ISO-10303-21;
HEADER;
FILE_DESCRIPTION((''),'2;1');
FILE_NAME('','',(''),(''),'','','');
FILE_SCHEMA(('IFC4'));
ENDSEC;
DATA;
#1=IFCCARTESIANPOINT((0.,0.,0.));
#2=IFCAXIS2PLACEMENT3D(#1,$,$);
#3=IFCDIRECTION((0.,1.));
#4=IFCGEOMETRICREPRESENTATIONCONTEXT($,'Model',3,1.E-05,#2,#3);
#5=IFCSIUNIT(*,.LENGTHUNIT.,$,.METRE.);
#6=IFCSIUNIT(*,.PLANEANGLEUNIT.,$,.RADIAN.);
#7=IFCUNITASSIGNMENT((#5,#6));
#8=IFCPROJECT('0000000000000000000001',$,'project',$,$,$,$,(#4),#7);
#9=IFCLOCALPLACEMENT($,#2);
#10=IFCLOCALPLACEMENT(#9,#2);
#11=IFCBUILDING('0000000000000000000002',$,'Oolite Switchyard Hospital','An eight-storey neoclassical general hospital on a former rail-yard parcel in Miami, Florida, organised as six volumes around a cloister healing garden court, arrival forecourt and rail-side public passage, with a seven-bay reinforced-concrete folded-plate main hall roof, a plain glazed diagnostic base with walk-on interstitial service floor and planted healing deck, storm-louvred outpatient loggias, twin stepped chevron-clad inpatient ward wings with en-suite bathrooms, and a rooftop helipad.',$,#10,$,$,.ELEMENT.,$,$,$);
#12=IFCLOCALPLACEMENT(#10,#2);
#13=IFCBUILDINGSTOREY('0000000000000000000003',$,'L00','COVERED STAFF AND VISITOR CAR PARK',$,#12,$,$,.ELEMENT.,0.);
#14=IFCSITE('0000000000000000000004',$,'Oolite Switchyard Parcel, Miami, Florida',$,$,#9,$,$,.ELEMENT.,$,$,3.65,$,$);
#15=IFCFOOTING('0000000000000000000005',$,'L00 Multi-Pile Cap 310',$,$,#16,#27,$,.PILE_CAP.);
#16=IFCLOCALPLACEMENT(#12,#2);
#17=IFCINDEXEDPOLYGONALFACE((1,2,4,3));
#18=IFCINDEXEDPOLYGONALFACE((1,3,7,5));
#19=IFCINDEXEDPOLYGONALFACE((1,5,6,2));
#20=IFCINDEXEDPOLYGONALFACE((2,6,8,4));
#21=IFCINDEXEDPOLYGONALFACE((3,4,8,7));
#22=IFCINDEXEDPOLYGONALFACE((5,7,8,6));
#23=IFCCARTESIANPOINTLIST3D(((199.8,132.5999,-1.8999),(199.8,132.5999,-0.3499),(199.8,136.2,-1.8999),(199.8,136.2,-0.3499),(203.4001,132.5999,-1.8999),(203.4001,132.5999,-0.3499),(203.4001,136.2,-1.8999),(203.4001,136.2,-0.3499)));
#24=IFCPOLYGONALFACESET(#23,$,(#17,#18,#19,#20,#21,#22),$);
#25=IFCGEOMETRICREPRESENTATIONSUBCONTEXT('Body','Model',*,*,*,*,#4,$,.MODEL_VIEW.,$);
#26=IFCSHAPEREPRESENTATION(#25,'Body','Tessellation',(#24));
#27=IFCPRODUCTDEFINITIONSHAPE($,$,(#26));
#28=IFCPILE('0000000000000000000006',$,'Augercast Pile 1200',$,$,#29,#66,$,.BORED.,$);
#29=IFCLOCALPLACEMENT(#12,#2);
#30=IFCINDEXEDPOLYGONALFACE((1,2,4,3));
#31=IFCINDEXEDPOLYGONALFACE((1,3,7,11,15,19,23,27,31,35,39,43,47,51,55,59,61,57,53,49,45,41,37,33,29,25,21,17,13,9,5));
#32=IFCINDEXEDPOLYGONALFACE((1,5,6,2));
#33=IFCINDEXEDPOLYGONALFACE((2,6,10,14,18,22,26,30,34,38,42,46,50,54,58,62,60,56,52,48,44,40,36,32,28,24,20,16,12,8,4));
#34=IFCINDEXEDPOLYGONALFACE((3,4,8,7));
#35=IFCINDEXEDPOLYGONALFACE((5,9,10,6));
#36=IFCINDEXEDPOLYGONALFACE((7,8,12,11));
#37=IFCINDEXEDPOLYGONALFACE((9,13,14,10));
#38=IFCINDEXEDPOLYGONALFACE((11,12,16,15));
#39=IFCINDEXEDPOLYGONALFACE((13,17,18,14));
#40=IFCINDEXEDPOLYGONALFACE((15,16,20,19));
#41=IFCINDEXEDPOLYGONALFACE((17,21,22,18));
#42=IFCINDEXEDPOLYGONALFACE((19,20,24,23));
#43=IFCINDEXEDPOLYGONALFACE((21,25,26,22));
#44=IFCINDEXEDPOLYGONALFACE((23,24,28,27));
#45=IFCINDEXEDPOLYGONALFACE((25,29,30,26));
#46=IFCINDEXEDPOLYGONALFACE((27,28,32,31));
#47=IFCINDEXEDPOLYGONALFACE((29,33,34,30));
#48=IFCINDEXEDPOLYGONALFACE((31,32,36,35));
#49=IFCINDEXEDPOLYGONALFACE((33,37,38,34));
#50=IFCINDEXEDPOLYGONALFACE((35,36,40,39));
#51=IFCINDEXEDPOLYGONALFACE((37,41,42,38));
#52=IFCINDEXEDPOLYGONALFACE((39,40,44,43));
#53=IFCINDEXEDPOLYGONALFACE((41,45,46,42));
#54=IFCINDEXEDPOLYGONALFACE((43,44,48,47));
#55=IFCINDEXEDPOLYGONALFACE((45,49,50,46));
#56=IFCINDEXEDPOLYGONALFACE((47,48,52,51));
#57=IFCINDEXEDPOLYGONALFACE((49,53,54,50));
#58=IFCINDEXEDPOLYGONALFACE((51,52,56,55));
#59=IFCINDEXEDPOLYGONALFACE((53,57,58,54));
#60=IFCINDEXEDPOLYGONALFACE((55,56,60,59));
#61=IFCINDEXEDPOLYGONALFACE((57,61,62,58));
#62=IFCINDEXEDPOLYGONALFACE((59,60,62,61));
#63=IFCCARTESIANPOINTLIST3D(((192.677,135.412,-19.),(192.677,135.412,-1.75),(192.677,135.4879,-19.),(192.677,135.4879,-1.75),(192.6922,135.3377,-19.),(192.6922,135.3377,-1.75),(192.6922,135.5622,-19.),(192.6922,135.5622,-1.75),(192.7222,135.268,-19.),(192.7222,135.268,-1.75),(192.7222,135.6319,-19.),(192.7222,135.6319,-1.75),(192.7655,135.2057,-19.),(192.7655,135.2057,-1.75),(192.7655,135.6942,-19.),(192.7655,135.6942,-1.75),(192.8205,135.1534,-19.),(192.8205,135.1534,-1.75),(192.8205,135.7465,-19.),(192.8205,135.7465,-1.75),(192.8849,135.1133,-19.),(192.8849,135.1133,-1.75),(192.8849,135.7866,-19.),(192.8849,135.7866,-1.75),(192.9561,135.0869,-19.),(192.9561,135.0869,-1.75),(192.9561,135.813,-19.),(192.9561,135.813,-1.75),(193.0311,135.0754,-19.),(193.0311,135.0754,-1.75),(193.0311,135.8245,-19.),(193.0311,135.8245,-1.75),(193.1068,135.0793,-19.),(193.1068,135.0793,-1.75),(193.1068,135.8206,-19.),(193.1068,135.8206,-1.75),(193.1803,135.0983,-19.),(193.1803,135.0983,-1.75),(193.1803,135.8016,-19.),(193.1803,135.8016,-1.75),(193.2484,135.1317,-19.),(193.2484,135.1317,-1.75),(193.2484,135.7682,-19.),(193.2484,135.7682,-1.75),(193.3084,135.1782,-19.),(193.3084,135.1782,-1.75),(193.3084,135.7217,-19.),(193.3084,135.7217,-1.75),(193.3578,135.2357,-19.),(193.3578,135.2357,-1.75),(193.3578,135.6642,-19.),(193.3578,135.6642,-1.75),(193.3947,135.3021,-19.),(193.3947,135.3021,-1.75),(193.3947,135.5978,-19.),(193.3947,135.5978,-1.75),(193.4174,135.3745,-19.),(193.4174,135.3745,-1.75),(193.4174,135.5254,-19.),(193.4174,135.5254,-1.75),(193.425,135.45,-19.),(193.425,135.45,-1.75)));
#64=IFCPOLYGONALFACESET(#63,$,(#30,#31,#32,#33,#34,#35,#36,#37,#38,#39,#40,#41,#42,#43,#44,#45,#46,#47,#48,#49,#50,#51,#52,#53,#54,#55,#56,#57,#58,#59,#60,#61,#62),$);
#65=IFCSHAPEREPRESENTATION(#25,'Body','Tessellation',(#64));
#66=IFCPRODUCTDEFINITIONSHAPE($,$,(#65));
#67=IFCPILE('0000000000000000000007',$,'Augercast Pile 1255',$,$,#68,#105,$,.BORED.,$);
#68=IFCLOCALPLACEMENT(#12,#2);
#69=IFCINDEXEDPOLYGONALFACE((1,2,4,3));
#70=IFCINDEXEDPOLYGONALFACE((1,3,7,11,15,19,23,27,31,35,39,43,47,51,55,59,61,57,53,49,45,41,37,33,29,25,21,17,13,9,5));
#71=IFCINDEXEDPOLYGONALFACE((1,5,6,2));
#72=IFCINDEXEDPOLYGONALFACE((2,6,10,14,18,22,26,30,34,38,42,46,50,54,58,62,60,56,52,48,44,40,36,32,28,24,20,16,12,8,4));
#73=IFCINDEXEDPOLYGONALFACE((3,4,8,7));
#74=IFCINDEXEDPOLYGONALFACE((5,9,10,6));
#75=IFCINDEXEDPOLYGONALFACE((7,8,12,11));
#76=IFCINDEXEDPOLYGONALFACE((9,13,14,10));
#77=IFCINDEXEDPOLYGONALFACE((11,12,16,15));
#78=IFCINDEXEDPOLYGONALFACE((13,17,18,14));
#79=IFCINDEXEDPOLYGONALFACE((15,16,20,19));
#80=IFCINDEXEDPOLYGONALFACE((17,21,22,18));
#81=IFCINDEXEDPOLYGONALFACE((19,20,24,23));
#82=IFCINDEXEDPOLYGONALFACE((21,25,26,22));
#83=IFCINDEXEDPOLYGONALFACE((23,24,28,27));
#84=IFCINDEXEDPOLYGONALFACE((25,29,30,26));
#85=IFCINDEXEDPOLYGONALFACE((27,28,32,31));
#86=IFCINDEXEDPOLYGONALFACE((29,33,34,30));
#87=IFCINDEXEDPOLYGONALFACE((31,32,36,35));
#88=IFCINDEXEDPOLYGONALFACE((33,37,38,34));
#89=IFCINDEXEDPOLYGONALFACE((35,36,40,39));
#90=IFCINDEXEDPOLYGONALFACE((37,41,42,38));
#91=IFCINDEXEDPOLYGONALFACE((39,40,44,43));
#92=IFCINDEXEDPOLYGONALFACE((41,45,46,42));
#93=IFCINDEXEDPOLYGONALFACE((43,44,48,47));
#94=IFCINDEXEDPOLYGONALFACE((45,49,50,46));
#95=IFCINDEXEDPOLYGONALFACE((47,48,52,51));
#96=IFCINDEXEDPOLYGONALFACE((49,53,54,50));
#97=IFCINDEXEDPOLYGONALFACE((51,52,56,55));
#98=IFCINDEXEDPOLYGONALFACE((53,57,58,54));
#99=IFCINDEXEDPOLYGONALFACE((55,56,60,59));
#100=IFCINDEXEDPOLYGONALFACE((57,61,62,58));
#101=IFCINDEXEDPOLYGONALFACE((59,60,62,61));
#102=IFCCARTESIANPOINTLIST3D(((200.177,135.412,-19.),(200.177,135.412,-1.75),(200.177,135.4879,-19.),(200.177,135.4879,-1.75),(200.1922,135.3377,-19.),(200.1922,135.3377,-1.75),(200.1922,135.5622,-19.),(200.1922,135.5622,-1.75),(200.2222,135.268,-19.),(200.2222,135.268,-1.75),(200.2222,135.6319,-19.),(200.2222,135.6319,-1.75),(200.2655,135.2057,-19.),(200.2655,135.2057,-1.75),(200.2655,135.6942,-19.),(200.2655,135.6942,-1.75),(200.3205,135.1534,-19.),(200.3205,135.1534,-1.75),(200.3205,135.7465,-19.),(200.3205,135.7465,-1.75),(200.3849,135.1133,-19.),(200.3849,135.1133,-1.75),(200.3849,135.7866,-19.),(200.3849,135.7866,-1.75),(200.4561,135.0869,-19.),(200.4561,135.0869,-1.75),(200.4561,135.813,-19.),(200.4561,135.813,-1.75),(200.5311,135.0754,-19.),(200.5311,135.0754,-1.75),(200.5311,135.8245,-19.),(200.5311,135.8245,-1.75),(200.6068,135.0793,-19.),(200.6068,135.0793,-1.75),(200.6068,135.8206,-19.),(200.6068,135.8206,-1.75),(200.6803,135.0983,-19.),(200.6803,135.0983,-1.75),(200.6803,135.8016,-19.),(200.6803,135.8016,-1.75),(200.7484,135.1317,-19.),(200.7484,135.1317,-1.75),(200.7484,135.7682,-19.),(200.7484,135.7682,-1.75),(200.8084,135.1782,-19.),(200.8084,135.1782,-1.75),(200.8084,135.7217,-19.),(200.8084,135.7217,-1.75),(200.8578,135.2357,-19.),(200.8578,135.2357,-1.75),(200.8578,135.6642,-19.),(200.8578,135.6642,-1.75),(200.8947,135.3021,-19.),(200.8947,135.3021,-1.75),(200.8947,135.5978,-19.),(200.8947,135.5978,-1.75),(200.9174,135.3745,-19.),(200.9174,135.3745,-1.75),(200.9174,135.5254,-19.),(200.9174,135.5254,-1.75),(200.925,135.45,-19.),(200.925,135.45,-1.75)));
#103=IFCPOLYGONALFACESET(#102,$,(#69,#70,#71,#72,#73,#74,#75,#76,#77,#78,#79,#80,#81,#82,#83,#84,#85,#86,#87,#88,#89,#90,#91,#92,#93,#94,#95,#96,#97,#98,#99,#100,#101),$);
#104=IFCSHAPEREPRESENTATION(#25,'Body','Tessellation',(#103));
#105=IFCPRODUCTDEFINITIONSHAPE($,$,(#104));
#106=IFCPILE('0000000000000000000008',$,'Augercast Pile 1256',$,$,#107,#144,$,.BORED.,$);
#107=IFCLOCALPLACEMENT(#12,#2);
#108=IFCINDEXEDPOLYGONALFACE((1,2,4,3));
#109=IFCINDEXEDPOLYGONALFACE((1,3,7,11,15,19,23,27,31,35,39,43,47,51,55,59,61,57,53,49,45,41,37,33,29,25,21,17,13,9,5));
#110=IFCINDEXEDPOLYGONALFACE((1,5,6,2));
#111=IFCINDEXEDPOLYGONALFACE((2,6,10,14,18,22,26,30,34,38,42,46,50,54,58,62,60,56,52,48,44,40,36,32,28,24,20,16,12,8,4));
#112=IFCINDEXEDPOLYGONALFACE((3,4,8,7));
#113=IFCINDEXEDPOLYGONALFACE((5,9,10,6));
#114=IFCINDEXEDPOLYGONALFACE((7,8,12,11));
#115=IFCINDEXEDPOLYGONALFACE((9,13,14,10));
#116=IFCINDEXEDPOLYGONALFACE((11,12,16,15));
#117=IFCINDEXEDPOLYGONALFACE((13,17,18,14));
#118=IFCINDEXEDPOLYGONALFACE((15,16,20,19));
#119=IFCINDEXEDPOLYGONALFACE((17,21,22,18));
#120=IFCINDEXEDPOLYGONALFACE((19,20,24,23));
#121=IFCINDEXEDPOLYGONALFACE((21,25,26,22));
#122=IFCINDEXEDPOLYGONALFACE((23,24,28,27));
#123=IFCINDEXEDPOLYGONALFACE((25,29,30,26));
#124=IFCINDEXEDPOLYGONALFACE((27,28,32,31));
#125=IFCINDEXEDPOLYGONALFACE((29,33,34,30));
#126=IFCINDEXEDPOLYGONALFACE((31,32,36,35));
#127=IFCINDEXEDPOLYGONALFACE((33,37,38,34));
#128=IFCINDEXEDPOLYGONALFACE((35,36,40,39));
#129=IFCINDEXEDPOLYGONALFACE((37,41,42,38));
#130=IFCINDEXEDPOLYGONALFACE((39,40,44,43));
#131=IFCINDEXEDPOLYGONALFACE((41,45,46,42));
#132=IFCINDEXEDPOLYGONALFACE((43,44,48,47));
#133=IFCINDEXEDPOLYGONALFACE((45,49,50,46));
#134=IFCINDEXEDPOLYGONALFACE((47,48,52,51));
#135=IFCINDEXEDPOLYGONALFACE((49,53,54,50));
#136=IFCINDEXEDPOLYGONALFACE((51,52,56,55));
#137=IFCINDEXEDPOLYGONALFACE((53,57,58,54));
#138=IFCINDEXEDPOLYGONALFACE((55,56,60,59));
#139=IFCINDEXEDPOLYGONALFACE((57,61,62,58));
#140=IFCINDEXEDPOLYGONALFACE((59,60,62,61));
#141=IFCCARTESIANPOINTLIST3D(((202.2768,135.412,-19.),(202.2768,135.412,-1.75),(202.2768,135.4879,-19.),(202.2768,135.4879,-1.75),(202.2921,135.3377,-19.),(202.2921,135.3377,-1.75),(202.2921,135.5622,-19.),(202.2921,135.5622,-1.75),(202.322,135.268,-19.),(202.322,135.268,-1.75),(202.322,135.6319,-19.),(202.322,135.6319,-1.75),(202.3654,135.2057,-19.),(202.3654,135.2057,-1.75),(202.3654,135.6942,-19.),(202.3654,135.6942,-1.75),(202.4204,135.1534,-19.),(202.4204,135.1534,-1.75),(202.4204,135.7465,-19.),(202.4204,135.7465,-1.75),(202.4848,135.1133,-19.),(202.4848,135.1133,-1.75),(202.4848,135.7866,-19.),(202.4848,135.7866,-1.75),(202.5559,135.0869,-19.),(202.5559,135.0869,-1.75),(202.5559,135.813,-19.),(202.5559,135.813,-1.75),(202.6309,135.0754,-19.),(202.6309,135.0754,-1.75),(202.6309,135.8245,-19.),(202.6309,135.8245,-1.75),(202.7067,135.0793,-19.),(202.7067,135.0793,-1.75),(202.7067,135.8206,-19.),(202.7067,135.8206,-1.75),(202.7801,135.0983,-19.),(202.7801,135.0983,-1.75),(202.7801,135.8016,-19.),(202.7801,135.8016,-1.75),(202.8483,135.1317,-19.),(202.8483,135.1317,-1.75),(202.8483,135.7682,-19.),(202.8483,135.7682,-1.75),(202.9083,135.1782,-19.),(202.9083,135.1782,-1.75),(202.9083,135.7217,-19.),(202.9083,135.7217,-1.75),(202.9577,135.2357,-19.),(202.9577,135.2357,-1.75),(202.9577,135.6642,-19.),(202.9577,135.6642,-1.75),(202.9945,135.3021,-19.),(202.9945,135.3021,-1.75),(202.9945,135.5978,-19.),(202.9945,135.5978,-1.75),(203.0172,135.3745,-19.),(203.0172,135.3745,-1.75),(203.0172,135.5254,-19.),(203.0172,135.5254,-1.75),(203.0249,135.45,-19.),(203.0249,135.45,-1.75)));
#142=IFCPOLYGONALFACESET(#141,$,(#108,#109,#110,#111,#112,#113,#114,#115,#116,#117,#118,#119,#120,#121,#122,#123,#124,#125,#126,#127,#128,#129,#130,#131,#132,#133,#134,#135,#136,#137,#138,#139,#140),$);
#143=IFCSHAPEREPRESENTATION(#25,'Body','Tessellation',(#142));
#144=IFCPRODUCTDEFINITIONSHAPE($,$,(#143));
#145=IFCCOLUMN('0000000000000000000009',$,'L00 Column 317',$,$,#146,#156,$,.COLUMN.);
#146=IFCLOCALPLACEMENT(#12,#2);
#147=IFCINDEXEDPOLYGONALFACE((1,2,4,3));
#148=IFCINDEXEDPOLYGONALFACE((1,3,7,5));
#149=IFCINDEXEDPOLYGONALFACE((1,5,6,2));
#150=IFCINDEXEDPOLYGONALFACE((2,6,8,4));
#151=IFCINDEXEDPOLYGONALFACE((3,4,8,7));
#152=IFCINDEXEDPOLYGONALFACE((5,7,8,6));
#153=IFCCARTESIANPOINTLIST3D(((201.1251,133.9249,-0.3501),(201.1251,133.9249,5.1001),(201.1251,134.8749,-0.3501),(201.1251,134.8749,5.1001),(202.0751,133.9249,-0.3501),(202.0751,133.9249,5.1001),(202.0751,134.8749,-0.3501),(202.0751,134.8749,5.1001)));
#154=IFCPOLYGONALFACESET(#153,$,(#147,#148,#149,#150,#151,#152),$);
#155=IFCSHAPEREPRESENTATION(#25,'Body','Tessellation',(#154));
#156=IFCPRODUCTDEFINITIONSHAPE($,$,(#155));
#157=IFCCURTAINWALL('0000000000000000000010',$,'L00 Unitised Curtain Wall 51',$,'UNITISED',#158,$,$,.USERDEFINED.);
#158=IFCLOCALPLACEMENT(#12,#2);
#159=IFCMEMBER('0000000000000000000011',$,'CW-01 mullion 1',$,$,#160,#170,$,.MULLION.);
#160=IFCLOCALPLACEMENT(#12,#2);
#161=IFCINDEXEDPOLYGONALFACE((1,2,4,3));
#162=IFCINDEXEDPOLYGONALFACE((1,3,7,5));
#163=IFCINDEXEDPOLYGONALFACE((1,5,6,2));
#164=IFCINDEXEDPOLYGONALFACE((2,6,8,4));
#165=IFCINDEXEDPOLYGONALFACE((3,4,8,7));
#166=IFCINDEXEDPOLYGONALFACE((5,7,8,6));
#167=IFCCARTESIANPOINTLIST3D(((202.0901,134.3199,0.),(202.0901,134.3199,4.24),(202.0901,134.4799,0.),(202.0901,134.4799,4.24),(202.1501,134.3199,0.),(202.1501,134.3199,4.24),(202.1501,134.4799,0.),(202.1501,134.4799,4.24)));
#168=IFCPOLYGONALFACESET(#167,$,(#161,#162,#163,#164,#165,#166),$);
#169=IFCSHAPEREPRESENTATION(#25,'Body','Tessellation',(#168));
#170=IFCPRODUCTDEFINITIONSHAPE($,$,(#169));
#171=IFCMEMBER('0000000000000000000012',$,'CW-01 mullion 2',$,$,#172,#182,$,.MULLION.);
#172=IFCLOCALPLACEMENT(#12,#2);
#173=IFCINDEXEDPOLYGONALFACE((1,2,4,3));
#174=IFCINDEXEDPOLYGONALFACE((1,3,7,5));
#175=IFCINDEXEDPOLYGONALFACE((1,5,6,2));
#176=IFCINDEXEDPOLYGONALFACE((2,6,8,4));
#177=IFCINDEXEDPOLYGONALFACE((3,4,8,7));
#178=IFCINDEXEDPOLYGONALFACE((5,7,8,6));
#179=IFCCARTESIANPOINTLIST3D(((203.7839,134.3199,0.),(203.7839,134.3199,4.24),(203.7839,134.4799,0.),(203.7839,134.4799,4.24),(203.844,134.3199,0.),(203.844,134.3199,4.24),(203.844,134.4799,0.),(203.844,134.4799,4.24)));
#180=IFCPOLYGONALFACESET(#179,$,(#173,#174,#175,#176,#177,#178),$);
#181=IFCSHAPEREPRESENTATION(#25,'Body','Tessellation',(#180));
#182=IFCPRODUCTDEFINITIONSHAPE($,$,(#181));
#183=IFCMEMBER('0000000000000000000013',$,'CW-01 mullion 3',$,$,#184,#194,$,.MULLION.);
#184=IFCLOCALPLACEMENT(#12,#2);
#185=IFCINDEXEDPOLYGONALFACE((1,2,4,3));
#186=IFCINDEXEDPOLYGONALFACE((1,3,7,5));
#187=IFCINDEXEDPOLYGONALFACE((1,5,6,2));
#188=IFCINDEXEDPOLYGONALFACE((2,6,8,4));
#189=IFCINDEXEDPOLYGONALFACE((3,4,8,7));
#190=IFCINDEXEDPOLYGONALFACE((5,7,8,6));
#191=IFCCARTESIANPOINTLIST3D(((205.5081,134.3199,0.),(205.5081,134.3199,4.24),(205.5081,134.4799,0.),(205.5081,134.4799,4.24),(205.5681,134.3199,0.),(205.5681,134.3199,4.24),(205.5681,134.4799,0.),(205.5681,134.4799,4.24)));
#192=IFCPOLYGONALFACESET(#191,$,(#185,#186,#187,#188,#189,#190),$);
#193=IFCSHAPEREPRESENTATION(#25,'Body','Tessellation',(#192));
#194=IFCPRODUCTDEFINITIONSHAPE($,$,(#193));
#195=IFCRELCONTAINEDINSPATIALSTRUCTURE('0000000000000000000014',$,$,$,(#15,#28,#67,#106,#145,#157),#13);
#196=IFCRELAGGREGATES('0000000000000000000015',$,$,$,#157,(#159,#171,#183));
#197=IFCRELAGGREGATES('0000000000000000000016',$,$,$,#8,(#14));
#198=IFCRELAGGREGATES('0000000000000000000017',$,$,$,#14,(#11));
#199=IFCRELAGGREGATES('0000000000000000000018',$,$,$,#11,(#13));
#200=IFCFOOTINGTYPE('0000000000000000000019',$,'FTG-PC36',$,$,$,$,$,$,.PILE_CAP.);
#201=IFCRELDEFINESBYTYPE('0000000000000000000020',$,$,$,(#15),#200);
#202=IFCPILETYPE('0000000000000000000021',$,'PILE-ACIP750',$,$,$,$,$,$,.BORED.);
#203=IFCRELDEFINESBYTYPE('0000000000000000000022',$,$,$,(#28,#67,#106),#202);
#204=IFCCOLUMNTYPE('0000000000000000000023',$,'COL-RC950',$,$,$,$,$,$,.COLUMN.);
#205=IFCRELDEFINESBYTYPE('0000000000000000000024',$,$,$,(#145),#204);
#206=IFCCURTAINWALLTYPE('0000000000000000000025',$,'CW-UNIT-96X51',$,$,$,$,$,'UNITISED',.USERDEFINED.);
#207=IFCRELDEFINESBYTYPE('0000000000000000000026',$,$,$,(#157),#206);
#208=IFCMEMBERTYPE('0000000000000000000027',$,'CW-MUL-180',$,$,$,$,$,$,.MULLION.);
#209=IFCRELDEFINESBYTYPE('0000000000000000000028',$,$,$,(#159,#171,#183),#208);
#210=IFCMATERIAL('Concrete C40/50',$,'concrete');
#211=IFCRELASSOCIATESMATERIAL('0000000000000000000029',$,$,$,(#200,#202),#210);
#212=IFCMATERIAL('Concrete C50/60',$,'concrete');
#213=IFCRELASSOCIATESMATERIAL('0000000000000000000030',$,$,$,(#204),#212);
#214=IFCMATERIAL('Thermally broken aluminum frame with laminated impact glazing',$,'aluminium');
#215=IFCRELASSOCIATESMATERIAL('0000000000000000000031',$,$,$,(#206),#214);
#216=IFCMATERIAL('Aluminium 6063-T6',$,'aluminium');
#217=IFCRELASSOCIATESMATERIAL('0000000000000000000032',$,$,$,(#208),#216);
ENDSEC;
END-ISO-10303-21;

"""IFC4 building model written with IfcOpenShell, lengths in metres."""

from ifc_helpers import new_model, si_unit, direction, frame, origin, origin_2d, place, context, subcontext, project, spatial, rectangle, circle, extrude, material, material_profile, profile_set, type_object, element, aggregate, save


model = new_model("IFC4")

# Units and contexts
model_context = context("Model", 3, precision=1e-05, world=origin(), true_north=direction((0.0, 1.0)))
body_context = subcontext(model_context, "Body", "Model", "MODEL_VIEW")
ifc_project = project(units=[si_unit("LENGTHUNIT", "METRE"), si_unit("PLANEANGLEUNIT", "RADIAN")], contexts=[model_context])

# Site, building, storey
site_placement = place(None, origin())
site = spatial("IfcSite", under=ifc_project, at=site_placement, Name="Oolite Switchyard Parcel, Miami, Florida", CompositionType="ELEMENT", RefElevation=3.65)
building_placement = place(site_placement, origin())
building = spatial("IfcBuilding", under=site, at=building_placement, Name="Oolite Switchyard Hospital", Description="An eight-storey neoclassical general hospital on a former rail-yard parcel in Miami, Florida, organised as six volumes around a cloister healing garden court, arrival forecourt and rail-side public passage, with a seven-bay reinforced-concrete folded-plate main hall roof, a plain glazed diagnostic base with walk-on interstitial service floor and planted healing deck, storm-louvred outpatient loggias, twin stepped chevron-clad inpatient ward wings with en-suite bathrooms, and a rooftop helipad.", CompositionType="ELEMENT")
storey_placement = place(building_placement, origin())
storey = spatial("IfcBuildingStorey", under=building, at=storey_placement, Name="L00", Description="COVERED STAFF AND VISITOR CAR PARK", CompositionType="ELEMENT", Elevation=0.0)

# Footing
ifc_material_1 = material(Name="Concrete C40/50", Category="concrete")
footing_type = type_object("IfcFootingType", Name="FTG-PC36", PredefinedType="PILE_CAP", material=ifc_material_1)
footing_placement = place(storey_placement, frame((201.6001, 134.3999, -1.8999), z_axis=(0.0, 0.0, 1.0), x_axis=(1.0, 0.0, 0.0)))
element("IfcFooting", 1, at=footing_placement, inside=storey, type_object=footing_type, Name="L00 Multi-Pile Cap 310", PredefinedType="PILE_CAP", context=body_context, shape_type="SweptSolid", body=[
    extrude(rectangle(XDim=3.6001, YDim=3.6001, at=origin_2d()), origin(), (0.0, 0.0, 1.0), 1.55),
])

# Piles
ifc_material_profile_1 = material_profile(ifc_material_1, circle(Radius=0.375, at=origin_2d()), Name="PILE750")
ifc_profile_set_1 = profile_set([ifc_material_profile_1], Name="Concrete C40/50")
pile_type = type_object("IfcPileType", Name="PILE-ACIP750", PredefinedType="BORED", material=ifc_profile_set_1)
for number, where, z_axis, x_axis, name in (
    (2, (193.05, 135.45, -1.75), (0.0, 0.0, -1.0), (1.0, 0.0, 0.0), "Augercast Pile 1200"),
    (3, (200.55, 135.45, -1.75), (0.0, 0.0, -1.0), (1.0, 0.0, 0.0), "Augercast Pile 1255"),
    (4, (202.6499, 135.45, -1.75), (0.0, 0.0, -1.0), (1.0, 0.0, 0.0), "Augercast Pile 1256"),
):
    element("IfcPile", number, at=place(storey_placement, frame(where, z_axis=z_axis, x_axis=x_axis)), inside=storey, type_object=pile_type, Name=name, PredefinedType="BORED", context=body_context, shape_type="SweptSolid", body=[
        extrude(circle(Radius=0.375, at=origin_2d()), origin(), (0.0, 0.0, 1.0), 17.25),
    ])

# Column
ifc_material_2 = material(Name="Concrete C50/60", Category="concrete")
ifc_material_profile_2 = material_profile(ifc_material_2, rectangle(XDim=0.95, YDim=0.95, at=origin_2d()), Name="RC950X950")
ifc_profile_set_2 = profile_set([ifc_material_profile_2], Name="Concrete C50/60")
column_type = type_object("IfcColumnType", Name="COL-RC950", PredefinedType="COLUMN", material=ifc_profile_set_2)
column_placement = place(storey_placement, frame((201.6001, 134.3999, -0.3501), z_axis=(0.0, 0.0, 1.0), x_axis=(1.0, 0.0, 0.0)))
element("IfcColumn", 5, at=column_placement, inside=storey, type_object=column_type, Name="L00 Column 317", PredefinedType="COLUMN", context=body_context, shape_type="SweptSolid", body=[
    extrude(rectangle(XDim=0.95, YDim=0.95, at=origin_2d()), origin(), (0.0, 0.0, 1.0), 5.4502),
])

# Curtain wall, members
ifc_material_3 = material(Name="Thermally broken aluminum frame with laminated impact glazing", Category="aluminium")
curtain_wall_type = type_object("IfcCurtainWallType", Name="CW-UNIT-96X51", ElementType="UNITISED", PredefinedType="USERDEFINED", material=ifc_material_3)
curtain_wall_placement = place(storey_placement, origin())
curtain_wall = element("IfcCurtainWall", 6, at=curtain_wall_placement, inside=storey, type_object=curtain_wall_type, Name="L00 Unitised Curtain Wall 51", ObjectType="UNITISED", PredefinedType="USERDEFINED")
ifc_material_4 = material(Name="Aluminium 6063-T6", Category="aluminium")
ifc_material_profile_3 = material_profile(ifc_material_4, rectangle(XDim=0.1599, YDim=0.0601, at=origin_2d()), Name="CWM60X160")
ifc_profile_set_3 = profile_set([ifc_material_profile_3], Name="Aluminium 6063-T6")
member_type_1 = type_object("IfcMemberType", Name="CW-MUL-180", PredefinedType="MULLION", material=ifc_profile_set_3)
member_1_placement = place(storey_placement, frame((202.1201, 134.3999, 0.0), z_axis=(0.0, 0.0, 1.0), x_axis=(0.0, 1.0, 0.0)))
member_1 = element("IfcMember", 7, at=member_1_placement, type_object=member_type_1, Name="CW-01 mullion 1", PredefinedType="MULLION", context=body_context, shape_type="SweptSolid", body=[
    extrude(rectangle(XDim=0.1599, YDim=0.0601, at=origin_2d()), origin(), (0.0, 0.0, 1.0), 4.24),
])
member_2_placement = place(storey_placement, frame((203.814, 134.3999, 0.0), z_axis=(0.0, 0.0, 1.0), x_axis=(0.0, 1.0, 0.0)))
member_2 = element("IfcMember", 8, at=member_2_placement, type_object=member_type_1, Name="CW-01 mullion 2", PredefinedType="MULLION", context=body_context, shape_type="SweptSolid", body=[
    extrude(rectangle(XDim=0.1599, YDim=0.0601, at=origin_2d()), origin(), (0.0, 0.0, 1.0), 4.24),
])
member_3_placement = place(storey_placement, frame((205.5381, 134.3999, 0.0), z_axis=(0.0, 0.0, 1.0), x_axis=(0.0, 1.0, 0.0)))
member_3 = element("IfcMember", 9, at=member_3_placement, type_object=member_type_1, Name="CW-01 mullion 3", PredefinedType="MULLION", context=body_context, shape_type="SweptSolid", body=[
    extrude(rectangle(XDim=0.1599, YDim=0.0601, at=origin_2d()), origin(), (0.0, 0.0, 1.0), 4.24),
])
aggregate(curtain_wall, [member_1, member_2, member_3])

save(model, "model.ifc")
